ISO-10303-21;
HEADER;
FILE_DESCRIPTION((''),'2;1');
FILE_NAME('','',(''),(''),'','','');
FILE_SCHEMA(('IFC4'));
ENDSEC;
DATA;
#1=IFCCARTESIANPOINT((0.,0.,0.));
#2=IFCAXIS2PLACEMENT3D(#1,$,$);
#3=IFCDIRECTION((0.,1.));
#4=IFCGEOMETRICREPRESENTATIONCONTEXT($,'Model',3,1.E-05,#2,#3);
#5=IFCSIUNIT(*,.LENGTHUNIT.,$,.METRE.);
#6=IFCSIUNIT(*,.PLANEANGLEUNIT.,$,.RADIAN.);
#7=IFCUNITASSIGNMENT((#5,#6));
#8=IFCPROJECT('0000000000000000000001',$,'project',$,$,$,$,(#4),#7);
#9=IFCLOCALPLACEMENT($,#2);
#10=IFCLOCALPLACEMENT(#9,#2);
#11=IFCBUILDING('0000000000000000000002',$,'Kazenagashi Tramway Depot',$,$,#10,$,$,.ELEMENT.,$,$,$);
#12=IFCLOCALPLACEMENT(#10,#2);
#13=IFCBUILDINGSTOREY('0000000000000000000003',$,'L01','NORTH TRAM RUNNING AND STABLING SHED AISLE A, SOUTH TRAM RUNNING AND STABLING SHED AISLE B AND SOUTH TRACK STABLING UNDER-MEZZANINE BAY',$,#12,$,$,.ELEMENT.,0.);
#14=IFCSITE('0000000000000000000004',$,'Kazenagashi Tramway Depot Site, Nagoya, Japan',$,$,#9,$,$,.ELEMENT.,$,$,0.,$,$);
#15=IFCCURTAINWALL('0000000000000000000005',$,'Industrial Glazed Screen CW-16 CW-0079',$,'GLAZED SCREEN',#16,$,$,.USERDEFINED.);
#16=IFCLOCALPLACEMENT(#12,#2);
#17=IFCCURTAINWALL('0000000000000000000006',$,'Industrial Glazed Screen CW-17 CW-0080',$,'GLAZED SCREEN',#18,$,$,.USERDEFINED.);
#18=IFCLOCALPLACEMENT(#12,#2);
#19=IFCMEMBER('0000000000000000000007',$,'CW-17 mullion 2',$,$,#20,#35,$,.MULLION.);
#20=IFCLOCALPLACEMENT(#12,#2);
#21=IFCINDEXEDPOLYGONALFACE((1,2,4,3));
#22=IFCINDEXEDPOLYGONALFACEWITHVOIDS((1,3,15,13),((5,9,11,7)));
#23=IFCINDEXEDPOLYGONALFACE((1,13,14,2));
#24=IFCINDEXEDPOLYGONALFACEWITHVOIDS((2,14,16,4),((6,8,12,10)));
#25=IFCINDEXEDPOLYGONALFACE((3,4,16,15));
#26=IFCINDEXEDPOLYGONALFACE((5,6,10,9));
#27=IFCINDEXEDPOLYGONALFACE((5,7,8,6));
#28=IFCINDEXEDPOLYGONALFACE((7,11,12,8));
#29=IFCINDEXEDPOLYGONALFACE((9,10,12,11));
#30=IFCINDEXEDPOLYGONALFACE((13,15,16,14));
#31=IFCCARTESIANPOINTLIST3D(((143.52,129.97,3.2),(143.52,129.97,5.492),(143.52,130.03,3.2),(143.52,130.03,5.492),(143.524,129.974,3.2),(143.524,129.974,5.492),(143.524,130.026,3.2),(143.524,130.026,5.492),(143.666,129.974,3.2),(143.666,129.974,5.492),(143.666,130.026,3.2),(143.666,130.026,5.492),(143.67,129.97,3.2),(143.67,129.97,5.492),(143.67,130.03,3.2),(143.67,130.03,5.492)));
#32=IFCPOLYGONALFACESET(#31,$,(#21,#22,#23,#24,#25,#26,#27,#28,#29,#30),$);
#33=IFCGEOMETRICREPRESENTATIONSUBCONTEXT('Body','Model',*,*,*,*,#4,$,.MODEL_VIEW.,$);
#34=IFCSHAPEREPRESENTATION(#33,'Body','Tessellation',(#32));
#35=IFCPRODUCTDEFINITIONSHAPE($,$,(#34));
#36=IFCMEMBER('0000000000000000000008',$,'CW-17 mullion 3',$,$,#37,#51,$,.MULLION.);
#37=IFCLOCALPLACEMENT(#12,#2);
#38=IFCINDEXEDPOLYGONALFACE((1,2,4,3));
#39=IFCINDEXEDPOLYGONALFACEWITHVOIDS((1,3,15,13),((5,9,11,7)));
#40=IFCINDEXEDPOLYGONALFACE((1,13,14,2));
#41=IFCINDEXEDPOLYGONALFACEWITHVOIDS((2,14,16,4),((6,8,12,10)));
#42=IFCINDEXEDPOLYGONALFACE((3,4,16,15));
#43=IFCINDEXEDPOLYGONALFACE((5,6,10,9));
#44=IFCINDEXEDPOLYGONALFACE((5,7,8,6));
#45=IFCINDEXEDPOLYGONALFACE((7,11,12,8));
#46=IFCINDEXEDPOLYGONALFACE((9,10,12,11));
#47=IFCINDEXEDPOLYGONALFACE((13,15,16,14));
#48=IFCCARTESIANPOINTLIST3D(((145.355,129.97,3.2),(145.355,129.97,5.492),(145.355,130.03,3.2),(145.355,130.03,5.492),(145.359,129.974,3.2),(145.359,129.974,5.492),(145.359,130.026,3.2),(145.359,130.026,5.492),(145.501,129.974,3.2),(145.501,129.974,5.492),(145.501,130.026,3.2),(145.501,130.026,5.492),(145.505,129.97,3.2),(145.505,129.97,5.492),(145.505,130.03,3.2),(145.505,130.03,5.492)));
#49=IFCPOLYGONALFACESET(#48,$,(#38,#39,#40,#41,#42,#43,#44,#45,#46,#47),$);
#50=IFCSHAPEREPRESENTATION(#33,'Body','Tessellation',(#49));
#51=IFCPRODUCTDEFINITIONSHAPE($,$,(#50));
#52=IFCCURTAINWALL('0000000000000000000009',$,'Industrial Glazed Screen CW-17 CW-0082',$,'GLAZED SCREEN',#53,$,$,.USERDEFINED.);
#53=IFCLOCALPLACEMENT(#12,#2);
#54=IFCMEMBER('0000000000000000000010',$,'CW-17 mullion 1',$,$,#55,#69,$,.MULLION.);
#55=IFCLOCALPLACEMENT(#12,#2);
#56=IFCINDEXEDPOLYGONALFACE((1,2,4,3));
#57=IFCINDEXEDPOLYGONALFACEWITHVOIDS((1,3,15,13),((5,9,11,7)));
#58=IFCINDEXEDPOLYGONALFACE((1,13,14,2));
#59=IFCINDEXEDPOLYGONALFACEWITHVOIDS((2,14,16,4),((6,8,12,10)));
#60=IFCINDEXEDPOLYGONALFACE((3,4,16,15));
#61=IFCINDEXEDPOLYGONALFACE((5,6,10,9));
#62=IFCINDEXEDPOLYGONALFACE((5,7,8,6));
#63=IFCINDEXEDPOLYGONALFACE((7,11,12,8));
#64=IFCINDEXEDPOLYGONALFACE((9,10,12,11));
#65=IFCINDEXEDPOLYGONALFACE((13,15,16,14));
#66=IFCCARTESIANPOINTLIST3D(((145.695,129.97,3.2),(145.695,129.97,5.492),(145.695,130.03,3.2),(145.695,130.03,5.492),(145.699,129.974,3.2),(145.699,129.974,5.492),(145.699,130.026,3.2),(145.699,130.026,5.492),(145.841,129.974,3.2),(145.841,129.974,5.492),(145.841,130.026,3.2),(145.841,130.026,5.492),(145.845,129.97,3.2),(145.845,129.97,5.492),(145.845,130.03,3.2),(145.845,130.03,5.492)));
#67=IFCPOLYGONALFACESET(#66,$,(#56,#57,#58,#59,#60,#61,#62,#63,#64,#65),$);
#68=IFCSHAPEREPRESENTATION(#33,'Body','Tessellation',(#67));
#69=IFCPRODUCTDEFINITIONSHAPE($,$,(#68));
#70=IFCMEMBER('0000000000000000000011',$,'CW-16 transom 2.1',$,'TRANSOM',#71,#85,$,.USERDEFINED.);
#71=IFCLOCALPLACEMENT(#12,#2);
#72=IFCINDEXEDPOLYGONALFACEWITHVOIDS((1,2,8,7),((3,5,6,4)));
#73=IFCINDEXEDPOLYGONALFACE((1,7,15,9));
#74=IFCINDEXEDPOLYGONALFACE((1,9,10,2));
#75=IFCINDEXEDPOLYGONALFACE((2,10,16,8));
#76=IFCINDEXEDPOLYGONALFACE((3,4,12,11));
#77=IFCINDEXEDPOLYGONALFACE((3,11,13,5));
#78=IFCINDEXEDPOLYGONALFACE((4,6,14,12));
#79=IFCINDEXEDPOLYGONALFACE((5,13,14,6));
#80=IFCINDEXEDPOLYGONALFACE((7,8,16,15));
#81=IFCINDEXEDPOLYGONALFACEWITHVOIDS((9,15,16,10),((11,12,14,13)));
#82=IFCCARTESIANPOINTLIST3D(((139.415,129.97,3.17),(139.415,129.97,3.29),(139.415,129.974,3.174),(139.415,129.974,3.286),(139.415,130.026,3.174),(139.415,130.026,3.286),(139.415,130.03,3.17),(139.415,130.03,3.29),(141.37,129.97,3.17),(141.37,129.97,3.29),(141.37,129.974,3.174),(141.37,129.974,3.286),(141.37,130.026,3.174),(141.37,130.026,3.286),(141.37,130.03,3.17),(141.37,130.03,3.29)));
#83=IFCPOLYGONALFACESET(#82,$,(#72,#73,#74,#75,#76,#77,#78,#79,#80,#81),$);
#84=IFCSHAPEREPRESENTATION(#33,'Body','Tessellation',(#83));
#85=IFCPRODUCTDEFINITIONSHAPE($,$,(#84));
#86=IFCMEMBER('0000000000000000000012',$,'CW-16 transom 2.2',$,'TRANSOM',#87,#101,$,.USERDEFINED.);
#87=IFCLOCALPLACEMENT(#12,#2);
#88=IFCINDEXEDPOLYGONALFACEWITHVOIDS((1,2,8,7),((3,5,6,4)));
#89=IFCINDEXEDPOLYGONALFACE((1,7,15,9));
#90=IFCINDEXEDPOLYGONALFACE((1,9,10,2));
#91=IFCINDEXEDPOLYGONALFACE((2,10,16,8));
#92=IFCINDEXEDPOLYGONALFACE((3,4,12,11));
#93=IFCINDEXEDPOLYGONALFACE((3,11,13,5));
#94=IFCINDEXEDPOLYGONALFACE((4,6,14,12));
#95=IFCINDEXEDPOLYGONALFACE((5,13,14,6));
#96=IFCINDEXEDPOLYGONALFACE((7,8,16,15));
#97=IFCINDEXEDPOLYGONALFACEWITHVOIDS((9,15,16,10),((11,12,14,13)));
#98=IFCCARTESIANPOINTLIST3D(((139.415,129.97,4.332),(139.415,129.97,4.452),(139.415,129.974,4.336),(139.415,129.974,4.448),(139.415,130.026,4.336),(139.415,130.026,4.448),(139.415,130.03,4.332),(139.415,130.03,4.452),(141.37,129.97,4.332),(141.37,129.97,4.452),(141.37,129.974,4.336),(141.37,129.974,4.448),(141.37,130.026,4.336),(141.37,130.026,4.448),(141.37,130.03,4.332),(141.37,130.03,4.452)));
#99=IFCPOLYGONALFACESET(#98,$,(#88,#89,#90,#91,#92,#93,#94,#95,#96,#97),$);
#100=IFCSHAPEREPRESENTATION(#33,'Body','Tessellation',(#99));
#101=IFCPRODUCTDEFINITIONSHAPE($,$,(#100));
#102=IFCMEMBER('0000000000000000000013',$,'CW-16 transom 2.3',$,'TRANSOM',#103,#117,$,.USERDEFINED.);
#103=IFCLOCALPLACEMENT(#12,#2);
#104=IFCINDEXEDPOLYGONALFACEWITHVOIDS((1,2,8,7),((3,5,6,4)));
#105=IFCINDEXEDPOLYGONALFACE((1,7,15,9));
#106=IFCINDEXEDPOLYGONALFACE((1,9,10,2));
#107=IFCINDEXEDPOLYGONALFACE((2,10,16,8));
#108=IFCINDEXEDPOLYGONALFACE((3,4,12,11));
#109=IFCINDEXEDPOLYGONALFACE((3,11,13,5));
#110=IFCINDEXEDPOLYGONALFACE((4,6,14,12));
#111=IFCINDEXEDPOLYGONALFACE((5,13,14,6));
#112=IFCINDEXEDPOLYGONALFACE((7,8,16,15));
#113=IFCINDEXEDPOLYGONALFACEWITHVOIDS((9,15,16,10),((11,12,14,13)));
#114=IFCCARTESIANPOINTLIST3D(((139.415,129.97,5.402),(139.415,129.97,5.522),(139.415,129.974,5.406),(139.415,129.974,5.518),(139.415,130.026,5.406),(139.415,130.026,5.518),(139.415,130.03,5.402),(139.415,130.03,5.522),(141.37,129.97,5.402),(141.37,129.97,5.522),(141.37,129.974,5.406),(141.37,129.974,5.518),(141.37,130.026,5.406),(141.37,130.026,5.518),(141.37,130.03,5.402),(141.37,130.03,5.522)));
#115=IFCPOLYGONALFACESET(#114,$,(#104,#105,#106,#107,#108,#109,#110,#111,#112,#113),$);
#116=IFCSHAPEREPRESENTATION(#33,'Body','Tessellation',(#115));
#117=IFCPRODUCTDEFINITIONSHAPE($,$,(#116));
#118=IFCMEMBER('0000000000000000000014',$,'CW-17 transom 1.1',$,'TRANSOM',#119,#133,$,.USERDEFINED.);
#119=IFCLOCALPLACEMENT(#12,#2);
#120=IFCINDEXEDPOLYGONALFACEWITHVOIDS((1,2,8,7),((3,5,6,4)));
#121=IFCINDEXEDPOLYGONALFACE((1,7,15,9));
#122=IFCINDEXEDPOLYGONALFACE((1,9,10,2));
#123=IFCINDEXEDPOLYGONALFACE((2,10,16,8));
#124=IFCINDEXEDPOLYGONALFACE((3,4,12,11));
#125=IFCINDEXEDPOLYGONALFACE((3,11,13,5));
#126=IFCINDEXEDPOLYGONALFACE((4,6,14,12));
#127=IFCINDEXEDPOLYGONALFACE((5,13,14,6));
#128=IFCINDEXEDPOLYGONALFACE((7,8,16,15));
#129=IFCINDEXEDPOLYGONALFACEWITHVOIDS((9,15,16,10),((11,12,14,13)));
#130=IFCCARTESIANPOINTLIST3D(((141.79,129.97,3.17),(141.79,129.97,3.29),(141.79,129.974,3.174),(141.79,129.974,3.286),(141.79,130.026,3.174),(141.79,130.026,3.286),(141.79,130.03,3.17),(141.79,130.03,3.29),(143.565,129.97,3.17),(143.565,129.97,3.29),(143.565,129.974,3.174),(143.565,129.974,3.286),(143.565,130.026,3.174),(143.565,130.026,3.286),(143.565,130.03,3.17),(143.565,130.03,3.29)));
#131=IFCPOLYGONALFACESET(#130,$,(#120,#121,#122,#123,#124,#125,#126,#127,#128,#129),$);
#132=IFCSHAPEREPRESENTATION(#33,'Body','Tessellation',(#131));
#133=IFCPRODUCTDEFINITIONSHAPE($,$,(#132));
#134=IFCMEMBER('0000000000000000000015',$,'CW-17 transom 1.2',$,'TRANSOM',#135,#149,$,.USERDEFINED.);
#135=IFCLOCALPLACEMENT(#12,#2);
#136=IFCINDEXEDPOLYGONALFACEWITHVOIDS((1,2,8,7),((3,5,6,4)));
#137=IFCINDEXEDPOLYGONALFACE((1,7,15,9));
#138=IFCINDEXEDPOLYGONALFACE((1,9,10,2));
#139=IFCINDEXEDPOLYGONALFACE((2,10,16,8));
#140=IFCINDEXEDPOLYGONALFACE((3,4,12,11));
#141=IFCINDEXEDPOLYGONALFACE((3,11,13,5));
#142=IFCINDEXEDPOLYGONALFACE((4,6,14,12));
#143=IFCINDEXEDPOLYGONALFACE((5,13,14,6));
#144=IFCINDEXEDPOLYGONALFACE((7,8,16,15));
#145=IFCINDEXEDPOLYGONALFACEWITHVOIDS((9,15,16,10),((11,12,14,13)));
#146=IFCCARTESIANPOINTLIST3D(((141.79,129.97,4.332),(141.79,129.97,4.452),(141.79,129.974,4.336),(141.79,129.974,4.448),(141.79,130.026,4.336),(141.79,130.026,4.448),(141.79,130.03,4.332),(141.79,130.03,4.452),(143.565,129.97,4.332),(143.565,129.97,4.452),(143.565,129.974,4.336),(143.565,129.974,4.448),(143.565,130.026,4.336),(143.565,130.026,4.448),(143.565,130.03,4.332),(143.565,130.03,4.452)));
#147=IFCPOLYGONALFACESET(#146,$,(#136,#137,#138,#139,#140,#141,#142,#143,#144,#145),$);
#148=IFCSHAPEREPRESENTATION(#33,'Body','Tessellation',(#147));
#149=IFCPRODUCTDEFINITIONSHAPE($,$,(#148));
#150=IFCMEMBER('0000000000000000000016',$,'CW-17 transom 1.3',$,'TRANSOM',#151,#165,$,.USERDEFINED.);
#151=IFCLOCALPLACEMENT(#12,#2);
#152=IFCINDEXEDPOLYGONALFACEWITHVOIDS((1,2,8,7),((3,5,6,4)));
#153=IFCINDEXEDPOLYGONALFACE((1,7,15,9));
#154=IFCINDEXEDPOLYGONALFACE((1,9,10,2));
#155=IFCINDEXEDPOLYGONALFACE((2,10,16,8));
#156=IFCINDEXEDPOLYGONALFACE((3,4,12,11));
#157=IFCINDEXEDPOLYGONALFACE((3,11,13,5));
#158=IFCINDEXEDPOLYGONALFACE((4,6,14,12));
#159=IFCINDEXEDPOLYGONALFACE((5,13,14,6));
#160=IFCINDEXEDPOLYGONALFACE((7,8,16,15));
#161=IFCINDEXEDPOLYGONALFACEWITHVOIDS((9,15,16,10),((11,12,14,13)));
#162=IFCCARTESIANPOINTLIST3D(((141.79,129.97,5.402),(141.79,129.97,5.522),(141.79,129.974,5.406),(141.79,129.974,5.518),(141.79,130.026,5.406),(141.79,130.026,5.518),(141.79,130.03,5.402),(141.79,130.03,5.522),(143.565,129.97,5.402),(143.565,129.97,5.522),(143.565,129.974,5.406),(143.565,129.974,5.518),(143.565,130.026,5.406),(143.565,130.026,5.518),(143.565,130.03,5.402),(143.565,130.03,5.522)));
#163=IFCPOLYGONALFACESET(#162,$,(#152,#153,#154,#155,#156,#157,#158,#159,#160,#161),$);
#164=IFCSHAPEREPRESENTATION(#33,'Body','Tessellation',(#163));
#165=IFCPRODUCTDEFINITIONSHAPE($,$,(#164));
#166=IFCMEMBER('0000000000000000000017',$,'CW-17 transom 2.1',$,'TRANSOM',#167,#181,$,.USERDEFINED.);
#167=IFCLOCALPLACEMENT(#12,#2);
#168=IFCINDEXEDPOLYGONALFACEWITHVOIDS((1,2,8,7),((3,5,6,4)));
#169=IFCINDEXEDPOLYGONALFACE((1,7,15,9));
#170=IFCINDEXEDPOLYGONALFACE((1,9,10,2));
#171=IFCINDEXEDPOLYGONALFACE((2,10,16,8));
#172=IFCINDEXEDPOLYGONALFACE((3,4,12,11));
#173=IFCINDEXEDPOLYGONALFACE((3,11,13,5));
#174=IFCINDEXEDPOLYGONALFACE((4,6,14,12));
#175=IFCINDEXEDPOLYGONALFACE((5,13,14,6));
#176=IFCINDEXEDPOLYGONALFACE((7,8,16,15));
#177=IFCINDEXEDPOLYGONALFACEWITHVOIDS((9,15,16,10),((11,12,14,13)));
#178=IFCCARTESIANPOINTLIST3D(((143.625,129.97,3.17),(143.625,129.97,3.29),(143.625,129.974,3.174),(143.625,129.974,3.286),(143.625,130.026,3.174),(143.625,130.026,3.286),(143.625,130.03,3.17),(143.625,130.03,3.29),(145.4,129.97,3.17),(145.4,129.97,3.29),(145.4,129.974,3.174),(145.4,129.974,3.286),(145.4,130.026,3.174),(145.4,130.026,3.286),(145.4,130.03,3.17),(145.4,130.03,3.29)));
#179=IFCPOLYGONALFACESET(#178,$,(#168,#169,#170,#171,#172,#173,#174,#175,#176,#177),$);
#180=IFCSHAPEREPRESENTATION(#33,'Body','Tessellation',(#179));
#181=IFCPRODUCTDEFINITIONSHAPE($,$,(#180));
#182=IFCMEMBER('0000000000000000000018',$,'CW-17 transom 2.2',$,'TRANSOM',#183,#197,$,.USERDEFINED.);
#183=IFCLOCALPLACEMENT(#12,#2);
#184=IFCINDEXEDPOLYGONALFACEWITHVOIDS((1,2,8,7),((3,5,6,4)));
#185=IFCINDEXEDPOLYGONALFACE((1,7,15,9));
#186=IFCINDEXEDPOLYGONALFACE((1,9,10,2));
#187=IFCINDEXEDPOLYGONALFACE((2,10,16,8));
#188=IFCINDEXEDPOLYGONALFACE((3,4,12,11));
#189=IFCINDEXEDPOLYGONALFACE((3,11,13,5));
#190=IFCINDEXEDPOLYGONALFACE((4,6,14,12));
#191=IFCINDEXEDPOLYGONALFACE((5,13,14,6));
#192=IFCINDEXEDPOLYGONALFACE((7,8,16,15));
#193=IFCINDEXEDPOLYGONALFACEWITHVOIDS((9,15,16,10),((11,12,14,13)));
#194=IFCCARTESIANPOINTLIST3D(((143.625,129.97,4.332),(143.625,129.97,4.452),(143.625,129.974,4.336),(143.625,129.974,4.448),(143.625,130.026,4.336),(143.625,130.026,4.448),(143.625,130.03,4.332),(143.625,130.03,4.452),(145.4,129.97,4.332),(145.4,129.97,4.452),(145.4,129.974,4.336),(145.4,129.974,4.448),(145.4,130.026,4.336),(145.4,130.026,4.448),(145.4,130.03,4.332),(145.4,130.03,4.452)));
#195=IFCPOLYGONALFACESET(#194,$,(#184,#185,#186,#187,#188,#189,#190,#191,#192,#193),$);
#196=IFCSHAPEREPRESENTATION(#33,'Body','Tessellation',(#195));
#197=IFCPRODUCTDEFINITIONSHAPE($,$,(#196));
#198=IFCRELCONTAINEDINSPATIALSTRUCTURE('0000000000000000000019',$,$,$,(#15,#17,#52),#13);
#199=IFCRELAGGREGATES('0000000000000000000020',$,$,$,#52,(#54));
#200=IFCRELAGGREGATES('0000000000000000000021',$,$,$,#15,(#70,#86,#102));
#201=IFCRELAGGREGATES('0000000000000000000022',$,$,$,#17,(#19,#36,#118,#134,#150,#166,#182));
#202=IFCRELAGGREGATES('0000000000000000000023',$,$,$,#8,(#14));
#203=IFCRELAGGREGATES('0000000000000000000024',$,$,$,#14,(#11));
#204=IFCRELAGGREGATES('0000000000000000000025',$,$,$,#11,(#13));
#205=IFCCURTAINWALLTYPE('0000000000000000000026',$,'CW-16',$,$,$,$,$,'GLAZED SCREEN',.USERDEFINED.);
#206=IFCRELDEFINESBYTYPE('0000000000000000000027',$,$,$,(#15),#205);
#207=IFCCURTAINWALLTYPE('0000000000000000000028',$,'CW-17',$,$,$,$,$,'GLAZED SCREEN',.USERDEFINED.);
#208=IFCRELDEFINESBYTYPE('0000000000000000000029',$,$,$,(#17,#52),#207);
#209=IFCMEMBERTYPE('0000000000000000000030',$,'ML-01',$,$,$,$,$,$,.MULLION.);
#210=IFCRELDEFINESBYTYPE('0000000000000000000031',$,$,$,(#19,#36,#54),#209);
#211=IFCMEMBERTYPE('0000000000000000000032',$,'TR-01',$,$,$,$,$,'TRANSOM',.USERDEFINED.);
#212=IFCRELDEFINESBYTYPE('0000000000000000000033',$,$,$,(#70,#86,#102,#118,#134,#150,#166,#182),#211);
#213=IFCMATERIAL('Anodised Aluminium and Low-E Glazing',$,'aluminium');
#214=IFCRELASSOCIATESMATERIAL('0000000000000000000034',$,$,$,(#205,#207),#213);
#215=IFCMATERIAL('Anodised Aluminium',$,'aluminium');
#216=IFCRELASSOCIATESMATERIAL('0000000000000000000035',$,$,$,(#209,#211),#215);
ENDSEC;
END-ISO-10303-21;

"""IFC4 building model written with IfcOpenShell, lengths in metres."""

from ifc_helpers import new_model, si_unit, direction, frame, origin, origin_2d, place, context, subcontext, project, spatial, hollow_rectangle, extrude, material, material_profile, profile_set, type_object, element, aggregate, save


model = new_model("IFC4")

# Units and contexts
model_context = context("Model", 3, precision=1e-05, world=origin(), true_north=direction((0.0, 1.0)))
body_context = subcontext(model_context, "Body", "Model", "MODEL_VIEW")
ifc_project = project(units=[si_unit("LENGTHUNIT", "METRE"), si_unit("PLANEANGLEUNIT", "RADIAN")], contexts=[model_context])

# Site, building, storey
site_placement = place(None, origin())
site = spatial("IfcSite", under=ifc_project, at=site_placement, Name="Kazenagashi Tramway Depot Site, Nagoya, Japan", CompositionType="ELEMENT", RefElevation=0.0)
building_placement = place(site_placement, origin())
building = spatial("IfcBuilding", under=site, at=building_placement, Name="Kazenagashi Tramway Depot", CompositionType="ELEMENT")
storey_placement = place(building_placement, origin())
storey = spatial("IfcBuildingStorey", under=building, at=storey_placement, Name="L01", Description="NORTH TRAM RUNNING AND STABLING SHED AISLE A, SOUTH TRAM RUNNING AND STABLING SHED AISLE B AND SOUTH TRACK STABLING UNDER-MEZZANINE BAY", CompositionType="ELEMENT", Elevation=0.0)

# Curtain walls, members
ifc_material_1 = material(Name="Anodised Aluminium and Low-E Glazing", Category="aluminium")
curtain_wall_type_1 = type_object("IfcCurtainWallType", Name="CW-16", ElementType="GLAZED SCREEN", PredefinedType="USERDEFINED", material=ifc_material_1)
curtain_wall_1_placement = place(storey_placement, origin())
curtain_wall_1 = element("IfcCurtainWall", 1, at=curtain_wall_1_placement, inside=storey, type_object=curtain_wall_type_1, Name="Industrial Glazed Screen CW-16 CW-0079", ObjectType="GLAZED SCREEN", PredefinedType="USERDEFINED")
ifc_material_2 = material(Name="Anodised Aluminium", Category="aluminium")
ifc_material_profile_1 = material_profile(ifc_material_2, hollow_rectangle(XDim=0.06, YDim=0.15, WallThickness=0.004, at=origin_2d()), Name="RHS-150x60x4")
ifc_profile_set_1 = profile_set([ifc_material_profile_1], Name="Anodised Aluminium")
member_type_1 = type_object("IfcMemberType", Name="ML-01", PredefinedType="MULLION", material=ifc_profile_set_1)
curtain_wall_type_2 = type_object("IfcCurtainWallType", Name="CW-17", ElementType="GLAZED SCREEN", PredefinedType="USERDEFINED", material=ifc_material_1)
curtain_wall_2_placement = place(storey_placement, origin())
curtain_wall_2 = element("IfcCurtainWall", 2, at=curtain_wall_2_placement, inside=storey, type_object=curtain_wall_type_2, Name="Industrial Glazed Screen CW-17 CW-0080", ObjectType="GLAZED SCREEN", PredefinedType="USERDEFINED")
member_1_placement = place(storey_placement, frame((143.595, 130.0, 3.2), z_axis=(0.0, 0.0, 1.0), x_axis=(0.0, 1.0, 0.0)))
member_1 = element("IfcMember", 3, at=member_1_placement, type_object=member_type_1, Name="CW-17 mullion 2", PredefinedType="MULLION", context=body_context, shape_type="SweptSolid", body=[
    extrude(hollow_rectangle(XDim=0.06, YDim=0.15, WallThickness=0.004, at=origin_2d()), origin(), (0.0, 0.0, 1.0), 2.292),
])
member_2_placement = place(storey_placement, frame((145.43, 130.0, 3.2), z_axis=(0.0, 0.0, 1.0), x_axis=(0.0, 1.0, 0.0)))
member_2 = element("IfcMember", 4, at=member_2_placement, type_object=member_type_1, Name="CW-17 mullion 3", PredefinedType="MULLION", context=body_context, shape_type="SweptSolid", body=[
    extrude(hollow_rectangle(XDim=0.06, YDim=0.15, WallThickness=0.004, at=origin_2d()), origin(), (0.0, 0.0, 1.0), 2.292),
])

# Curtain wall, member
curtain_wall_3_placement = place(storey_placement, origin())
curtain_wall_3 = element("IfcCurtainWall", 5, at=curtain_wall_3_placement, inside=storey, type_object=curtain_wall_type_2, Name="Industrial Glazed Screen CW-17 CW-0082", ObjectType="GLAZED SCREEN", PredefinedType="USERDEFINED")
member_3_placement = place(storey_placement, frame((145.77, 130.0, 3.2), z_axis=(0.0, 0.0, 1.0), x_axis=(0.0, 1.0, 0.0)))
member_3 = element("IfcMember", 6, at=member_3_placement, type_object=member_type_1, Name="CW-17 mullion 1", PredefinedType="MULLION", context=body_context, shape_type="SweptSolid", body=[
    extrude(hollow_rectangle(XDim=0.06, YDim=0.15, WallThickness=0.004, at=origin_2d()), origin(), (0.0, 0.0, 1.0), 2.292),
])

# Members
ifc_material_profile_2 = material_profile(ifc_material_2, hollow_rectangle(XDim=0.06, YDim=0.12, WallThickness=0.004, at=origin_2d()), Name="RHS-120x60x4")
ifc_profile_set_2 = profile_set([ifc_material_profile_2], Name="Anodised Aluminium")
member_type_2 = type_object("IfcMemberType", Name="TR-01", ElementType="TRANSOM", PredefinedType="USERDEFINED", material=ifc_profile_set_2)
member_4_placement = place(storey_placement, frame((139.415, 130.0, 3.23), z_axis=(1.0, 0.0, 0.0), x_axis=(0.0, 1.0, 0.0)))
member_4 = element("IfcMember", 7, at=member_4_placement, type_object=member_type_2, Name="CW-16 transom 2.1", ObjectType="TRANSOM", PredefinedType="USERDEFINED", context=body_context, shape_type="SweptSolid", body=[
    extrude(hollow_rectangle(XDim=0.06, YDim=0.12, WallThickness=0.004, at=origin_2d()), origin(), (0.0, 0.0, 1.0), 1.955),
])
member_5_placement = place(storey_placement, frame((139.415, 130.0, 4.392), z_axis=(1.0, 0.0, 0.0), x_axis=(0.0, 1.0, 0.0)))
member_5 = element("IfcMember", 8, at=member_5_placement, type_object=member_type_2, Name="CW-16 transom 2.2", ObjectType="TRANSOM", PredefinedType="USERDEFINED", context=body_context, shape_type="SweptSolid", body=[
    extrude(hollow_rectangle(XDim=0.06, YDim=0.12, WallThickness=0.004, at=origin_2d()), origin(), (0.0, 0.0, 1.0), 1.955),
])
member_6_placement = place(storey_placement, frame((139.415, 130.0, 5.462), z_axis=(1.0, 0.0, 0.0), x_axis=(0.0, 1.0, 0.0)))
member_6 = element("IfcMember", 9, at=member_6_placement, type_object=member_type_2, Name="CW-16 transom 2.3", ObjectType="TRANSOM", PredefinedType="USERDEFINED", context=body_context, shape_type="SweptSolid", body=[
    extrude(hollow_rectangle(XDim=0.06, YDim=0.12, WallThickness=0.004, at=origin_2d()), origin(), (0.0, 0.0, 1.0), 1.955),
])
member_7_placement = place(storey_placement, frame((141.79, 130.0, 3.23), z_axis=(1.0, 0.0, 0.0), x_axis=(0.0, 1.0, 0.0)))
member_7 = element("IfcMember", 10, at=member_7_placement, type_object=member_type_2, Name="CW-17 transom 1.1", ObjectType="TRANSOM", PredefinedType="USERDEFINED", context=body_context, shape_type="SweptSolid", body=[
    extrude(hollow_rectangle(XDim=0.06, YDim=0.12, WallThickness=0.004, at=origin_2d()), origin(), (0.0, 0.0, 1.0), 1.775),
])
member_8_placement = place(storey_placement, frame((141.79, 130.0, 4.392), z_axis=(1.0, 0.0, 0.0), x_axis=(0.0, 1.0, 0.0)))
member_8 = element("IfcMember", 11, at=member_8_placement, type_object=member_type_2, Name="CW-17 transom 1.2", ObjectType="TRANSOM", PredefinedType="USERDEFINED", context=body_context, shape_type="SweptSolid", body=[
    extrude(hollow_rectangle(XDim=0.06, YDim=0.12, WallThickness=0.004, at=origin_2d()), origin(), (0.0, 0.0, 1.0), 1.775),
])
member_9_placement = place(storey_placement, frame((141.79, 130.0, 5.462), z_axis=(1.0, 0.0, 0.0), x_axis=(0.0, 1.0, 0.0)))
member_9 = element("IfcMember", 12, at=member_9_placement, type_object=member_type_2, Name="CW-17 transom 1.3", ObjectType="TRANSOM", PredefinedType="USERDEFINED", context=body_context, shape_type="SweptSolid", body=[
    extrude(hollow_rectangle(XDim=0.06, YDim=0.12, WallThickness=0.004, at=origin_2d()), origin(), (0.0, 0.0, 1.0), 1.775),
])
member_10_placement = place(storey_placement, frame((143.625, 130.0, 3.23), z_axis=(1.0, 0.0, 0.0), x_axis=(0.0, 1.0, 0.0)))
member_10 = element("IfcMember", 13, at=member_10_placement, type_object=member_type_2, Name="CW-17 transom 2.1", ObjectType="TRANSOM", PredefinedType="USERDEFINED", context=body_context, shape_type="SweptSolid", body=[
    extrude(hollow_rectangle(XDim=0.06, YDim=0.12, WallThickness=0.004, at=origin_2d()), origin(), (0.0, 0.0, 1.0), 1.775),
])
member_11_placement = place(storey_placement, frame((143.625, 130.0, 4.392), z_axis=(1.0, 0.0, 0.0), x_axis=(0.0, 1.0, 0.0)))
member_11 = element("IfcMember", 14, at=member_11_placement, type_object=member_type_2, Name="CW-17 transom 2.2", ObjectType="TRANSOM", PredefinedType="USERDEFINED", context=body_context, shape_type="SweptSolid", body=[
    extrude(hollow_rectangle(XDim=0.06, YDim=0.12, WallThickness=0.004, at=origin_2d()), origin(), (0.0, 0.0, 1.0), 1.775),
])
aggregate(curtain_wall_3, [member_3])

aggregate(curtain_wall_1, [member_4, member_5, member_6])
aggregate(curtain_wall_2, [member_1, member_2, member_7, member_8, member_9, member_10, member_11])

save(model, "model.ifc")
